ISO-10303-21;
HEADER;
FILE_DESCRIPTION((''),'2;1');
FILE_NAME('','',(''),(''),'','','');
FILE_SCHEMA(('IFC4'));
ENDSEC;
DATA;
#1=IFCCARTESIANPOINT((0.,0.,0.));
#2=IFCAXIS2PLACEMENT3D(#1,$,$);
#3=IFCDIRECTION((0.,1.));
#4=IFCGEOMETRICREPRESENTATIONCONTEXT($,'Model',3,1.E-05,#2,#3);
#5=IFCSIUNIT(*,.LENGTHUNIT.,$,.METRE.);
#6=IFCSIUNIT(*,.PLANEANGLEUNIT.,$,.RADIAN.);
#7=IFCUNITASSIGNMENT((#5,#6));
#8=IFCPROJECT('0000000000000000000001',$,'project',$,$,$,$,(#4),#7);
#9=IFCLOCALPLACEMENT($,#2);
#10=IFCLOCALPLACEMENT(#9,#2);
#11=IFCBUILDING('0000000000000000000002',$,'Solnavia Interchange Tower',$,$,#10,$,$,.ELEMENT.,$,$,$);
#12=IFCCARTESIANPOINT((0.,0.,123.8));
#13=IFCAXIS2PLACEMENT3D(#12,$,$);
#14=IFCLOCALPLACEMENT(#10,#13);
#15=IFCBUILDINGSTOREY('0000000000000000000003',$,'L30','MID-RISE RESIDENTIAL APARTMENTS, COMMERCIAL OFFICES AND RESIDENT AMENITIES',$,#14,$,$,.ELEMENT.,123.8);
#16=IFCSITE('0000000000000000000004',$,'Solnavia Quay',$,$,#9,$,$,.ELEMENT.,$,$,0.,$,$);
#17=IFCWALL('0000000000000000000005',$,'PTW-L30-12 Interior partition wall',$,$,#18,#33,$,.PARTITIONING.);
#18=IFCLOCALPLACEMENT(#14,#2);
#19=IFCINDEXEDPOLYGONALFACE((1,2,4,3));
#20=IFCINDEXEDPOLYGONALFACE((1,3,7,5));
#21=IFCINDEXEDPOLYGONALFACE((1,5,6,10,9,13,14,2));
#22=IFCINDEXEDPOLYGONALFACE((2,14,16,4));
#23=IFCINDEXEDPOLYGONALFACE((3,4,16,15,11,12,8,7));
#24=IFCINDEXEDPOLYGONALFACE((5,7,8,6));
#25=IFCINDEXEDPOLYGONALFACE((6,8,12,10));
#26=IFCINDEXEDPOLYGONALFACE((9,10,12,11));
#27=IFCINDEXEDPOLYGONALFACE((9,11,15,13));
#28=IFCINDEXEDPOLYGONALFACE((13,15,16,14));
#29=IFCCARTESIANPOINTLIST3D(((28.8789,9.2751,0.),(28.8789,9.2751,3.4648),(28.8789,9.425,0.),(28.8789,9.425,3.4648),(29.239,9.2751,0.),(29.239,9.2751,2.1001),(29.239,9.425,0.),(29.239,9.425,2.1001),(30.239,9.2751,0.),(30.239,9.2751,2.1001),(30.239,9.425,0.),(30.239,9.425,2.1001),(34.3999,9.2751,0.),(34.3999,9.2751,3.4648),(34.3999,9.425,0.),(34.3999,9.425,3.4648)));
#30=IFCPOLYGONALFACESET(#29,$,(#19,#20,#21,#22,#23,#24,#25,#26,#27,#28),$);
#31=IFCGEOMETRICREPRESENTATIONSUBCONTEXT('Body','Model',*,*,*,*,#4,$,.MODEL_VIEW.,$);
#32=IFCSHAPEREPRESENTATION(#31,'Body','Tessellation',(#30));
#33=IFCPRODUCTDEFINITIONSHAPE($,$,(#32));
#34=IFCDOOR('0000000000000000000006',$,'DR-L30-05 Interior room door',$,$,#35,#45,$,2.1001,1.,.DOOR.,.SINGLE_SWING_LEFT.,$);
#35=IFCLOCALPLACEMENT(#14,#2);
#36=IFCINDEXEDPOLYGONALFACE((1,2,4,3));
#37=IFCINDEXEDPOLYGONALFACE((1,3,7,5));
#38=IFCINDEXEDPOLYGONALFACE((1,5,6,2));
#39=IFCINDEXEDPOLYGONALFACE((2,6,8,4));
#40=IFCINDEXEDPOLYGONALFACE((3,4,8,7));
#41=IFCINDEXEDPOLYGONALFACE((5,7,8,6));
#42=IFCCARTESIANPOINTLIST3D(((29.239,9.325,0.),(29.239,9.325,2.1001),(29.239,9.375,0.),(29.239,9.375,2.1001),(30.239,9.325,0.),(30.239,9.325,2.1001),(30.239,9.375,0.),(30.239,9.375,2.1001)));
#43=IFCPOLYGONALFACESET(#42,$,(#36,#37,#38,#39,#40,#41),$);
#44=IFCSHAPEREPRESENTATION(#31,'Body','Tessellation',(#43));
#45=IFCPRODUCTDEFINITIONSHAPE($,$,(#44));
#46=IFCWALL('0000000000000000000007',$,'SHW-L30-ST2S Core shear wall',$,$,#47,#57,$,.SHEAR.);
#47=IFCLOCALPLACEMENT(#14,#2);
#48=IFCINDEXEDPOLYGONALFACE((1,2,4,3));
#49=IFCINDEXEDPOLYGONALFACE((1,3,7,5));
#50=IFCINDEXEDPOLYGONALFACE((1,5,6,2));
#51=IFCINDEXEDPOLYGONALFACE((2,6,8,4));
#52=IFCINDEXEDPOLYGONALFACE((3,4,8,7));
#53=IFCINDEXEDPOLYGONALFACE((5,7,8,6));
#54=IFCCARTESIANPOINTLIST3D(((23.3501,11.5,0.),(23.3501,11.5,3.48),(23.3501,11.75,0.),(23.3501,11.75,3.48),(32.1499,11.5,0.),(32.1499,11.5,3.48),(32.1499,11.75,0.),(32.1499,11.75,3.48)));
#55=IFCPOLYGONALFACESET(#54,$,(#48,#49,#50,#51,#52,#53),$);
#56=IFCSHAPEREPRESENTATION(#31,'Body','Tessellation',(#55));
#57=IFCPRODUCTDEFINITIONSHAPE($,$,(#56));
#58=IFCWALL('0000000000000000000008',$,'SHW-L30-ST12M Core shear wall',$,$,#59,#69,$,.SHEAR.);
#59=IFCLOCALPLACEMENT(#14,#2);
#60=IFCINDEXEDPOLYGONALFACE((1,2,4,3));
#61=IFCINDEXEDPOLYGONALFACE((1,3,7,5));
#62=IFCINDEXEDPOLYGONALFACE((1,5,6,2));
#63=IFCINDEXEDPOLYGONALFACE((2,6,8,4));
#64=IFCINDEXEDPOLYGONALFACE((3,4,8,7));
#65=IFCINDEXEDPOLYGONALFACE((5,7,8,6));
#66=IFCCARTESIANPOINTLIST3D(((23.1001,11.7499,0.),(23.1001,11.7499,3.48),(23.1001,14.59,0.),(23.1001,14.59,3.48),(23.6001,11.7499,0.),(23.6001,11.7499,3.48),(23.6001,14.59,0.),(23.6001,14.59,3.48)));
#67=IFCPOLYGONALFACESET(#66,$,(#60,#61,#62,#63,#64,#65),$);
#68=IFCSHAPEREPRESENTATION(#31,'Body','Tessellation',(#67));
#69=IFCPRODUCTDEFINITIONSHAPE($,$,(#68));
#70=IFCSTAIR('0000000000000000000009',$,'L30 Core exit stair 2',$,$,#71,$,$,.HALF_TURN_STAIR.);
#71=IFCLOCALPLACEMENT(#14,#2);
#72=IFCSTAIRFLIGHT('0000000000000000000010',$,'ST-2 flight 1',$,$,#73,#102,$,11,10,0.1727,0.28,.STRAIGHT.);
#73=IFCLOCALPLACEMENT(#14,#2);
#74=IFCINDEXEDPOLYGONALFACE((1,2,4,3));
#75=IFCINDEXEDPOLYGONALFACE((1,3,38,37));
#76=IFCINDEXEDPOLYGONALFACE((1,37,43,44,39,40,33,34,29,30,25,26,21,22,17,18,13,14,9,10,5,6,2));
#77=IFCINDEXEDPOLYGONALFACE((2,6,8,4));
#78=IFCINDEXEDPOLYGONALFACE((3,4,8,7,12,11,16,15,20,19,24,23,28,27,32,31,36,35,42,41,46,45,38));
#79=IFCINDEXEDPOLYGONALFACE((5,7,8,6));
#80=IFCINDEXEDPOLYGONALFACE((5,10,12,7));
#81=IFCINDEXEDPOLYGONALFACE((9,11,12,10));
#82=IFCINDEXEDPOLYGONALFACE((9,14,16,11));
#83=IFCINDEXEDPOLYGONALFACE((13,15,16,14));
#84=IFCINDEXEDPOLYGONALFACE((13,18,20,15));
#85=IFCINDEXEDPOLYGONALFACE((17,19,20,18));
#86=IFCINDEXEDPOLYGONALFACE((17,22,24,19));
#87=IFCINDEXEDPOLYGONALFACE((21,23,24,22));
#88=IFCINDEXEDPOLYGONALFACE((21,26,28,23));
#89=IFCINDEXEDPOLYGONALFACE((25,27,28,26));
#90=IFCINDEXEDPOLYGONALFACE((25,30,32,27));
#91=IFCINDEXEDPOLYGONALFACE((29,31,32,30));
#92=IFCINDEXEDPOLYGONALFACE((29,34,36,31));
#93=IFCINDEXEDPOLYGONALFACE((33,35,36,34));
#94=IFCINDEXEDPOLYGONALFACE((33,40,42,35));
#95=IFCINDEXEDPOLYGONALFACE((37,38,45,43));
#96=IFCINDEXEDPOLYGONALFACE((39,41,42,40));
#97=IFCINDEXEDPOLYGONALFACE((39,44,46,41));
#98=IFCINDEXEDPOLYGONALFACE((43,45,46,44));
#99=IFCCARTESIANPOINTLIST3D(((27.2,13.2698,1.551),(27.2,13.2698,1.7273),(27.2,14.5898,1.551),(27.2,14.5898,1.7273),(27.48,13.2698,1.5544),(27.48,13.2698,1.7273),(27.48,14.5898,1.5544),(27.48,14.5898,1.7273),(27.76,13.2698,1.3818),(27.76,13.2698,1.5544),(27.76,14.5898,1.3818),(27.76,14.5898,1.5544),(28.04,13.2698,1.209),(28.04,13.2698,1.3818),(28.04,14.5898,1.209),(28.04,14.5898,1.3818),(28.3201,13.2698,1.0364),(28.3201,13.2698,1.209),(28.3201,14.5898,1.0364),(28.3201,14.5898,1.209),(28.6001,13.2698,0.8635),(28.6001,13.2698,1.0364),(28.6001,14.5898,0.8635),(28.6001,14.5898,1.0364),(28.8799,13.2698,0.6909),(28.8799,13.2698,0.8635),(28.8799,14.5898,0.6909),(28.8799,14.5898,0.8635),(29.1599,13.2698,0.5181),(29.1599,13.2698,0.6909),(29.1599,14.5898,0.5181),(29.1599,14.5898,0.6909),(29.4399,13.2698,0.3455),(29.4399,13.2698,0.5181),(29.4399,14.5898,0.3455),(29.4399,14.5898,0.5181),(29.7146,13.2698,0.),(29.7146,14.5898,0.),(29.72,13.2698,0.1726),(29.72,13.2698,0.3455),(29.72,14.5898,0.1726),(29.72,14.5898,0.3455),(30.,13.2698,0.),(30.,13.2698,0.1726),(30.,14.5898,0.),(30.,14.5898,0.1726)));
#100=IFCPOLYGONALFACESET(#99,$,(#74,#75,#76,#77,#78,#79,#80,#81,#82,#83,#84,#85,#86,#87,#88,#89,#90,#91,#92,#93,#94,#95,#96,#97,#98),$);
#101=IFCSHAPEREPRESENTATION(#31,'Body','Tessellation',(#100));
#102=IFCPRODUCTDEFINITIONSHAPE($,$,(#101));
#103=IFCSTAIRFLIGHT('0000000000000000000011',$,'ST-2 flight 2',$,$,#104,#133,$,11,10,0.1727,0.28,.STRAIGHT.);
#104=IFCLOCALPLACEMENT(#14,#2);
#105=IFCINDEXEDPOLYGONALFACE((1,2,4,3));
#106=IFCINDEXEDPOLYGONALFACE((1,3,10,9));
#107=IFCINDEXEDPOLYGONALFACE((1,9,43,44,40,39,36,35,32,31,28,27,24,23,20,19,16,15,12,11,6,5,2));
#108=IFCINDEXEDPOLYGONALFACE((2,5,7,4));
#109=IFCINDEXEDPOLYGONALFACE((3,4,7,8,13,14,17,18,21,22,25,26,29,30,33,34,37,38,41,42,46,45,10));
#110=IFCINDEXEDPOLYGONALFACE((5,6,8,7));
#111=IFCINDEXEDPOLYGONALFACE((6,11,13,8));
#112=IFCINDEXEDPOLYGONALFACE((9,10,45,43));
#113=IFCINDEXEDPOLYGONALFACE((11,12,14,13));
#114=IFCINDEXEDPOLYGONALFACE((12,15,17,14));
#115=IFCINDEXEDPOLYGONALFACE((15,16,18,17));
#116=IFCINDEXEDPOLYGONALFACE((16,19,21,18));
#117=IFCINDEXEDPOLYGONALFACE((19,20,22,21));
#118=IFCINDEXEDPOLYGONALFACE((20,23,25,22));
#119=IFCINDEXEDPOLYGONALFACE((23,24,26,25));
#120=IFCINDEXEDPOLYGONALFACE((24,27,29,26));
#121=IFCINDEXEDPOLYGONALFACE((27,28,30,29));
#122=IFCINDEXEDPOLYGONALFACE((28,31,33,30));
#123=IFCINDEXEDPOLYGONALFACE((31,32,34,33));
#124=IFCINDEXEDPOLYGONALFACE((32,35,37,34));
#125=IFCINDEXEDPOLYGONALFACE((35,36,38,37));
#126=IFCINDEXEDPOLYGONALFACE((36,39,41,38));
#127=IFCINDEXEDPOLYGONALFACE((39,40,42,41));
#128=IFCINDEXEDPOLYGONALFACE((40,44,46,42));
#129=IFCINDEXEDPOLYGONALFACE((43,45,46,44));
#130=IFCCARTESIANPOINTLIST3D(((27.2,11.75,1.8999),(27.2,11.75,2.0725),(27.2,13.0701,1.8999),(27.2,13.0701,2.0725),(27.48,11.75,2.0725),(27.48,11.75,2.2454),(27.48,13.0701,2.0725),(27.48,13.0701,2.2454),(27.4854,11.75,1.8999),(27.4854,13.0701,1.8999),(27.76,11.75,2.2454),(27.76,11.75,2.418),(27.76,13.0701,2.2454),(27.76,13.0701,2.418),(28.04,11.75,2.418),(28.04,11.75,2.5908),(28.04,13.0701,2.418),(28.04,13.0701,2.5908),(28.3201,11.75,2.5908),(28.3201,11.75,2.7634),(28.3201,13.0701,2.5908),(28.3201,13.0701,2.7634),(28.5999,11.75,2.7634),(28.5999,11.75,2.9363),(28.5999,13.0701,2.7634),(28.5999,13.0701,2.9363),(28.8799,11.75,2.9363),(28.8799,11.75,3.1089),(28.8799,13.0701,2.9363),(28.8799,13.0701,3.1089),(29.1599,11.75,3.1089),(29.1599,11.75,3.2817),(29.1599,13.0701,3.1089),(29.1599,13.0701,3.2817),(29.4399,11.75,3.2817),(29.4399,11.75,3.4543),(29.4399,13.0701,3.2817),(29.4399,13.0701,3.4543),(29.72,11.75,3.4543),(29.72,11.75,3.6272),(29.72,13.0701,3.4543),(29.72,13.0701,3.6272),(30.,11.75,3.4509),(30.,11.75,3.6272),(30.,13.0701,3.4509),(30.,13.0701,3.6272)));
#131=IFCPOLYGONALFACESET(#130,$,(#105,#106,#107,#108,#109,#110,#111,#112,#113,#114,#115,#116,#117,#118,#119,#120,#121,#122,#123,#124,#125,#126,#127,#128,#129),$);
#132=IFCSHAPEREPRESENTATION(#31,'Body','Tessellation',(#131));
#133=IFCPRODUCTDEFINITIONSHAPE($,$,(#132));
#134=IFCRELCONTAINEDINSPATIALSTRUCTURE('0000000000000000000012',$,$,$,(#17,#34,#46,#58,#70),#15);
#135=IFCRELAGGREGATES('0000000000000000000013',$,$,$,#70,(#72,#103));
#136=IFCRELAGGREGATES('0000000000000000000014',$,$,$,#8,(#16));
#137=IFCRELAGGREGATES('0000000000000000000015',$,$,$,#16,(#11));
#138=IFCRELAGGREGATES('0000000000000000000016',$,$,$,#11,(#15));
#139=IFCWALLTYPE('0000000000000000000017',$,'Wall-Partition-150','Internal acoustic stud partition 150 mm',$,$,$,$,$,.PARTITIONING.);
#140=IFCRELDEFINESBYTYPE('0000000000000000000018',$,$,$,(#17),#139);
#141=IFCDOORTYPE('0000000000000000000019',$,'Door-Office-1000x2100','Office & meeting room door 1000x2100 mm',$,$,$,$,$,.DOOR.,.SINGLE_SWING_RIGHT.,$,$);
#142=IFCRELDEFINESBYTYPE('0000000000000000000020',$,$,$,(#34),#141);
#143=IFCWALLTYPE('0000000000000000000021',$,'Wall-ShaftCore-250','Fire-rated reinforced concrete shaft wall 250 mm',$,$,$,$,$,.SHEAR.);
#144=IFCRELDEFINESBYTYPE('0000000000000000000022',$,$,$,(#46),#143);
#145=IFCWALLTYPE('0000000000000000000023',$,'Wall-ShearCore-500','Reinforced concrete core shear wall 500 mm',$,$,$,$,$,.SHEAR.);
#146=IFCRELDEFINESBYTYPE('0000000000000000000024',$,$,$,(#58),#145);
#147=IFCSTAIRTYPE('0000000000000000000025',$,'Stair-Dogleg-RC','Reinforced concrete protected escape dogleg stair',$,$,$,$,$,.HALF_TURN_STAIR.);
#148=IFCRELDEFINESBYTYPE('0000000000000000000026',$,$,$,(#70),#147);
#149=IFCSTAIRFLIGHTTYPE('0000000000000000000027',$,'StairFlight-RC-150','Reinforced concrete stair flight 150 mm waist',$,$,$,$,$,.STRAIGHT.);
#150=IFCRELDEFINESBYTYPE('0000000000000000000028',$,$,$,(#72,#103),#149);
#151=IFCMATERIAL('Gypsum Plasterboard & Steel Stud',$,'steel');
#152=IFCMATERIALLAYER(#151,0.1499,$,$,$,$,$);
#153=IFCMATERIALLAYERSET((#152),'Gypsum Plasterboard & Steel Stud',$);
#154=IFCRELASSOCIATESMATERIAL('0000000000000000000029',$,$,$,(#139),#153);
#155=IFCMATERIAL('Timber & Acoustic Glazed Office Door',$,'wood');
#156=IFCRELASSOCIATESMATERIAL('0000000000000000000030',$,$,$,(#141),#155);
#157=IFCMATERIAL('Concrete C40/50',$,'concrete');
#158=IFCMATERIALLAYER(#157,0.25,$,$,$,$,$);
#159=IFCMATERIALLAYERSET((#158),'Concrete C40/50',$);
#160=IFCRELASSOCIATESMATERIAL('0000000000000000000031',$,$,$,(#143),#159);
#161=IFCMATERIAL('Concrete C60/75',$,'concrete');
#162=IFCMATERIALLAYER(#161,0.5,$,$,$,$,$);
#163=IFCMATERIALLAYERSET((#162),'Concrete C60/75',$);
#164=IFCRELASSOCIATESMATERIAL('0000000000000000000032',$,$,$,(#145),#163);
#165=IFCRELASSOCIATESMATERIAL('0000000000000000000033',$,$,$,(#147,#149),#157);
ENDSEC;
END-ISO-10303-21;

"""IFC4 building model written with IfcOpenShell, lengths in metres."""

from ifc_helpers import new_model, si_unit, direction, frame, frame_2d, origin, place, context, subcontext, project, spatial, polyline, rectangle, outline, extrude, material, layer, layer_set, type_object, element, fill, aggregate, save


model = new_model("IFC4")

# Units and contexts
model_context = context("Model", 3, precision=1e-05, world=origin(), true_north=direction((0.0, 1.0)))
body_context = subcontext(model_context, "Body", "Model", "MODEL_VIEW")
ifc_project = project(units=[si_unit("LENGTHUNIT", "METRE"), si_unit("PLANEANGLEUNIT", "RADIAN")], contexts=[model_context])

# Site, building, storey
site_placement = place(None, origin())
site = spatial("IfcSite", under=ifc_project, at=site_placement, Name="Solnavia Quay", CompositionType="ELEMENT", RefElevation=0.0)
building_placement = place(site_placement, origin())
building = spatial("IfcBuilding", under=site, at=building_placement, Name="Solnavia Interchange Tower", CompositionType="ELEMENT")
storey_placement = place(building_placement, frame((0.0, 0.0, 123.8)))
storey = spatial("IfcBuildingStorey", under=building, at=storey_placement, Name="L30", Description="MID-RISE RESIDENTIAL APARTMENTS, COMMERCIAL OFFICES AND RESIDENT AMENITIES", CompositionType="ELEMENT", Elevation=123.8)

# Shared definitions
ifc_material_1 = material(Name="Concrete C60/75", Category="concrete")

# Shared definitions
ifc_material_2 = material(Name="Concrete C40/50", Category="concrete")

# Shared definitions
ifc_material_3 = material(Name="Gypsum Plasterboard & Steel Stud", Category="steel")
ifc_layer_1 = layer(ifc_material_3, 0.1499)
ifc_layer_set_1 = layer_set([ifc_layer_1], Name="Gypsum Plasterboard & Steel Stud")
wall_type_1 = type_object("IfcWallType", Name="Wall-Partition-150", Description="Internal acoustic stud partition 150 mm", PredefinedType="PARTITIONING", material=ifc_layer_set_1)

# Wall, opening, door
wall_1_placement = place(storey_placement, frame((28.8789, 9.3501, 0.0), z_axis=(0.0, 0.0, 1.0), x_axis=(1.0, 0.0, 0.0)))
wall_1 = element("IfcWall", 1, at=wall_1_placement, inside=storey, type_object=wall_type_1, Name="PTW-L30-12 Interior partition wall", PredefinedType="PARTITIONING", context=body_context, shape_type="SweptSolid", body=[
    extrude(rectangle(XDim=5.521, YDim=0.1499, at=frame_2d((2.7605, 0.0))), origin(), (0.0, 0.0, 1.0), 3.4648),
])
opening_1_placement = place(wall_1_placement, frame((0.3601, 0.0, 0.0)))
opening_1 = element("IfcOpeningElement", 2, at=opening_1_placement, cuts=wall_1, PredefinedType="OPENING", context=body_context, shape_type="SweptSolid", body=[
    extrude(rectangle(XDim=1.0, YDim=2.1001, at=frame_2d((0.5, 1.05))), frame((0.0, 0.085, 0.0), z_axis=(0.0, -1.0, 0.0), x_axis=(1.0, 0.0, 0.0)), (0.0, 0.0, 1.0), 0.1699),
])
ifc_material_4 = material(Name="Timber & Acoustic Glazed Office Door", Category="wood")
door_type = type_object("IfcDoorType", Name="Door-Office-1000x2100", Description="Office & meeting room door 1000x2100 mm", OperationType="SINGLE_SWING_RIGHT", PredefinedType="DOOR", material=ifc_material_4)
door_placement = place(opening_1_placement, origin())
door = element("IfcDoor", 3, at=door_placement, inside=storey, type_object=door_type, Name="DR-L30-05 Interior room door", OperationType="SINGLE_SWING_LEFT", OverallHeight=2.1001, OverallWidth=1.0, PredefinedType="DOOR", context=body_context, shape_type="SweptSolid", body=[
    extrude(rectangle(XDim=1.0, YDim=2.1001, at=frame_2d((0.5, 1.05))), frame((0.0, 0.0249, 0.0), z_axis=(0.0, -1.0, 0.0), x_axis=(1.0, 0.0, 0.0)), (0.0, 0.0, 1.0), 0.05),
])
fill(opening_1, door)

# Walls
ifc_layer_2 = layer(ifc_material_2, 0.25)
ifc_layer_set_2 = layer_set([ifc_layer_2], Name="Concrete C40/50")
wall_type_2 = type_object("IfcWallType", Name="Wall-ShaftCore-250", Description="Fire-rated reinforced concrete shaft wall 250 mm", PredefinedType="SHEAR", material=ifc_layer_set_2)
wall_2_placement = place(storey_placement, frame((23.3501, 11.625, 0.0), z_axis=(0.0, 0.0, 1.0), x_axis=(1.0, 0.0, 0.0)))
element("IfcWall", 4, at=wall_2_placement, inside=storey, type_object=wall_type_2, Name="SHW-L30-ST2S Core shear wall", PredefinedType="SHEAR", context=body_context, shape_type="SweptSolid", body=[
    extrude(rectangle(XDim=8.7998, YDim=0.25, at=frame_2d((4.3999, 0.0))), origin(), (0.0, 0.0, 1.0), 3.48),
])
ifc_layer_3 = layer(ifc_material_1, 0.5)
ifc_layer_set_3 = layer_set([ifc_layer_3], Name="Concrete C60/75")
wall_type_3 = type_object("IfcWallType", Name="Wall-ShearCore-500", Description="Reinforced concrete core shear wall 500 mm", PredefinedType="SHEAR", material=ifc_layer_set_3)
wall_3_placement = place(storey_placement, frame((23.3501, 11.75, 0.0), z_axis=(0.0, 0.0, 1.0), x_axis=(0.0, 1.0, 0.0)))
element("IfcWall", 5, at=wall_3_placement, inside=storey, type_object=wall_type_3, Name="SHW-L30-ST12M Core shear wall", PredefinedType="SHEAR", context=body_context, shape_type="SweptSolid", body=[
    extrude(rectangle(XDim=2.8401, YDim=0.5, at=frame_2d((1.4199, 0.0))), origin(), (0.0, 0.0, 1.0), 3.48),
])

# Stair, stair flights
stair_type = type_object("IfcStairType", Name="Stair-Dogleg-RC", Description="Reinforced concrete protected escape dogleg stair", PredefinedType="HALF_TURN_STAIR", material=ifc_material_2)
stair_placement = place(storey_placement, origin())
stair = element("IfcStair", 6, at=stair_placement, inside=storey, type_object=stair_type, Name="L30 Core exit stair 2", PredefinedType="HALF_TURN_STAIR")
stair_flight_type = type_object("IfcStairFlightType", Name="StairFlight-RC-150", Description="Reinforced concrete stair flight 150 mm waist", PredefinedType="STRAIGHT", material=ifc_material_2)
stair_flight_1_placement = place(storey_placement, frame((30.0, 13.9299, 0.0), z_axis=(0.0, 0.0, 1.0), x_axis=(-1.0, 0.0, 0.0)))
stair_flight_1 = element("IfcStairFlight", 7, at=stair_flight_1_placement, type_object=stair_flight_type, Name="ST-2 flight 1", NumberOfRisers=11, NumberOfTreads=10, PredefinedType="STRAIGHT", RiserHeight=0.1727, TreadLength=0.28, context=body_context, shape_type="SweptSolid", body=[
    extrude(outline(polyline([(0.0, 0.0), (0.0, 0.1726), (0.28, 0.1726), (0.28, 0.3455), (0.5601, 0.3455), (0.5601, 0.5181), (0.8401, 0.5181), (0.8401, 0.6909), (1.1201, 0.6909), (1.1201, 0.8635), (1.3999, 0.8635), (1.3999, 1.0364), (1.6799, 1.0364), (1.6799, 1.209), (1.96, 1.209), (1.96, 1.3818), (2.24, 1.3818), (2.24, 1.5544), (2.52, 1.5544), (2.52, 1.7273), (2.8, 1.7273), (2.8, 1.8999), (2.8, 1.551), (0.2854, 0.0), (0.0, 0.0)])), frame((0.0, 0.6602, 0.0), z_axis=(0.0, -1.0, 0.0), x_axis=(1.0, 0.0, 0.0)), (0.0, 0.0, 1.0), 1.3201),
])
stair_flight_2_placement = place(storey_placement, frame((27.2, 12.4099, 1.8999), z_axis=(0.0, 0.0, 1.0), x_axis=(1.0, 0.0, 0.0)))
stair_flight_2 = element("IfcStairFlight", 8, at=stair_flight_2_placement, type_object=stair_flight_type, Name="ST-2 flight 2", NumberOfRisers=11, NumberOfTreads=10, PredefinedType="STRAIGHT", RiserHeight=0.1727, TreadLength=0.28, context=body_context, shape_type="SweptSolid", body=[
    extrude(outline(polyline([(0.0, 0.0), (0.0, 0.1726), (0.28, 0.1726), (0.28, 0.3455), (0.5601, 0.3455), (0.5601, 0.5181), (0.8401, 0.5181), (0.8401, 0.6909), (1.1201, 0.6909), (1.1201, 0.8635), (1.3999, 0.8635), (1.3999, 1.0364), (1.6799, 1.0364), (1.6799, 1.209), (1.96, 1.209), (1.96, 1.3818), (2.24, 1.3818), (2.24, 1.5544), (2.52, 1.5544), (2.52, 1.7273), (2.8, 1.7273), (2.8, 1.8999), (2.8, 1.551), (0.2854, 0.0), (0.0, 0.0)])), frame((0.0, 0.6602, 0.0), z_axis=(0.0, -1.0, 0.0), x_axis=(1.0, 0.0, 0.0)), (0.0, 0.0, 1.0), 1.3201),
])
aggregate(stair, [stair_flight_1, stair_flight_2])

save(model, "model.ifc")
